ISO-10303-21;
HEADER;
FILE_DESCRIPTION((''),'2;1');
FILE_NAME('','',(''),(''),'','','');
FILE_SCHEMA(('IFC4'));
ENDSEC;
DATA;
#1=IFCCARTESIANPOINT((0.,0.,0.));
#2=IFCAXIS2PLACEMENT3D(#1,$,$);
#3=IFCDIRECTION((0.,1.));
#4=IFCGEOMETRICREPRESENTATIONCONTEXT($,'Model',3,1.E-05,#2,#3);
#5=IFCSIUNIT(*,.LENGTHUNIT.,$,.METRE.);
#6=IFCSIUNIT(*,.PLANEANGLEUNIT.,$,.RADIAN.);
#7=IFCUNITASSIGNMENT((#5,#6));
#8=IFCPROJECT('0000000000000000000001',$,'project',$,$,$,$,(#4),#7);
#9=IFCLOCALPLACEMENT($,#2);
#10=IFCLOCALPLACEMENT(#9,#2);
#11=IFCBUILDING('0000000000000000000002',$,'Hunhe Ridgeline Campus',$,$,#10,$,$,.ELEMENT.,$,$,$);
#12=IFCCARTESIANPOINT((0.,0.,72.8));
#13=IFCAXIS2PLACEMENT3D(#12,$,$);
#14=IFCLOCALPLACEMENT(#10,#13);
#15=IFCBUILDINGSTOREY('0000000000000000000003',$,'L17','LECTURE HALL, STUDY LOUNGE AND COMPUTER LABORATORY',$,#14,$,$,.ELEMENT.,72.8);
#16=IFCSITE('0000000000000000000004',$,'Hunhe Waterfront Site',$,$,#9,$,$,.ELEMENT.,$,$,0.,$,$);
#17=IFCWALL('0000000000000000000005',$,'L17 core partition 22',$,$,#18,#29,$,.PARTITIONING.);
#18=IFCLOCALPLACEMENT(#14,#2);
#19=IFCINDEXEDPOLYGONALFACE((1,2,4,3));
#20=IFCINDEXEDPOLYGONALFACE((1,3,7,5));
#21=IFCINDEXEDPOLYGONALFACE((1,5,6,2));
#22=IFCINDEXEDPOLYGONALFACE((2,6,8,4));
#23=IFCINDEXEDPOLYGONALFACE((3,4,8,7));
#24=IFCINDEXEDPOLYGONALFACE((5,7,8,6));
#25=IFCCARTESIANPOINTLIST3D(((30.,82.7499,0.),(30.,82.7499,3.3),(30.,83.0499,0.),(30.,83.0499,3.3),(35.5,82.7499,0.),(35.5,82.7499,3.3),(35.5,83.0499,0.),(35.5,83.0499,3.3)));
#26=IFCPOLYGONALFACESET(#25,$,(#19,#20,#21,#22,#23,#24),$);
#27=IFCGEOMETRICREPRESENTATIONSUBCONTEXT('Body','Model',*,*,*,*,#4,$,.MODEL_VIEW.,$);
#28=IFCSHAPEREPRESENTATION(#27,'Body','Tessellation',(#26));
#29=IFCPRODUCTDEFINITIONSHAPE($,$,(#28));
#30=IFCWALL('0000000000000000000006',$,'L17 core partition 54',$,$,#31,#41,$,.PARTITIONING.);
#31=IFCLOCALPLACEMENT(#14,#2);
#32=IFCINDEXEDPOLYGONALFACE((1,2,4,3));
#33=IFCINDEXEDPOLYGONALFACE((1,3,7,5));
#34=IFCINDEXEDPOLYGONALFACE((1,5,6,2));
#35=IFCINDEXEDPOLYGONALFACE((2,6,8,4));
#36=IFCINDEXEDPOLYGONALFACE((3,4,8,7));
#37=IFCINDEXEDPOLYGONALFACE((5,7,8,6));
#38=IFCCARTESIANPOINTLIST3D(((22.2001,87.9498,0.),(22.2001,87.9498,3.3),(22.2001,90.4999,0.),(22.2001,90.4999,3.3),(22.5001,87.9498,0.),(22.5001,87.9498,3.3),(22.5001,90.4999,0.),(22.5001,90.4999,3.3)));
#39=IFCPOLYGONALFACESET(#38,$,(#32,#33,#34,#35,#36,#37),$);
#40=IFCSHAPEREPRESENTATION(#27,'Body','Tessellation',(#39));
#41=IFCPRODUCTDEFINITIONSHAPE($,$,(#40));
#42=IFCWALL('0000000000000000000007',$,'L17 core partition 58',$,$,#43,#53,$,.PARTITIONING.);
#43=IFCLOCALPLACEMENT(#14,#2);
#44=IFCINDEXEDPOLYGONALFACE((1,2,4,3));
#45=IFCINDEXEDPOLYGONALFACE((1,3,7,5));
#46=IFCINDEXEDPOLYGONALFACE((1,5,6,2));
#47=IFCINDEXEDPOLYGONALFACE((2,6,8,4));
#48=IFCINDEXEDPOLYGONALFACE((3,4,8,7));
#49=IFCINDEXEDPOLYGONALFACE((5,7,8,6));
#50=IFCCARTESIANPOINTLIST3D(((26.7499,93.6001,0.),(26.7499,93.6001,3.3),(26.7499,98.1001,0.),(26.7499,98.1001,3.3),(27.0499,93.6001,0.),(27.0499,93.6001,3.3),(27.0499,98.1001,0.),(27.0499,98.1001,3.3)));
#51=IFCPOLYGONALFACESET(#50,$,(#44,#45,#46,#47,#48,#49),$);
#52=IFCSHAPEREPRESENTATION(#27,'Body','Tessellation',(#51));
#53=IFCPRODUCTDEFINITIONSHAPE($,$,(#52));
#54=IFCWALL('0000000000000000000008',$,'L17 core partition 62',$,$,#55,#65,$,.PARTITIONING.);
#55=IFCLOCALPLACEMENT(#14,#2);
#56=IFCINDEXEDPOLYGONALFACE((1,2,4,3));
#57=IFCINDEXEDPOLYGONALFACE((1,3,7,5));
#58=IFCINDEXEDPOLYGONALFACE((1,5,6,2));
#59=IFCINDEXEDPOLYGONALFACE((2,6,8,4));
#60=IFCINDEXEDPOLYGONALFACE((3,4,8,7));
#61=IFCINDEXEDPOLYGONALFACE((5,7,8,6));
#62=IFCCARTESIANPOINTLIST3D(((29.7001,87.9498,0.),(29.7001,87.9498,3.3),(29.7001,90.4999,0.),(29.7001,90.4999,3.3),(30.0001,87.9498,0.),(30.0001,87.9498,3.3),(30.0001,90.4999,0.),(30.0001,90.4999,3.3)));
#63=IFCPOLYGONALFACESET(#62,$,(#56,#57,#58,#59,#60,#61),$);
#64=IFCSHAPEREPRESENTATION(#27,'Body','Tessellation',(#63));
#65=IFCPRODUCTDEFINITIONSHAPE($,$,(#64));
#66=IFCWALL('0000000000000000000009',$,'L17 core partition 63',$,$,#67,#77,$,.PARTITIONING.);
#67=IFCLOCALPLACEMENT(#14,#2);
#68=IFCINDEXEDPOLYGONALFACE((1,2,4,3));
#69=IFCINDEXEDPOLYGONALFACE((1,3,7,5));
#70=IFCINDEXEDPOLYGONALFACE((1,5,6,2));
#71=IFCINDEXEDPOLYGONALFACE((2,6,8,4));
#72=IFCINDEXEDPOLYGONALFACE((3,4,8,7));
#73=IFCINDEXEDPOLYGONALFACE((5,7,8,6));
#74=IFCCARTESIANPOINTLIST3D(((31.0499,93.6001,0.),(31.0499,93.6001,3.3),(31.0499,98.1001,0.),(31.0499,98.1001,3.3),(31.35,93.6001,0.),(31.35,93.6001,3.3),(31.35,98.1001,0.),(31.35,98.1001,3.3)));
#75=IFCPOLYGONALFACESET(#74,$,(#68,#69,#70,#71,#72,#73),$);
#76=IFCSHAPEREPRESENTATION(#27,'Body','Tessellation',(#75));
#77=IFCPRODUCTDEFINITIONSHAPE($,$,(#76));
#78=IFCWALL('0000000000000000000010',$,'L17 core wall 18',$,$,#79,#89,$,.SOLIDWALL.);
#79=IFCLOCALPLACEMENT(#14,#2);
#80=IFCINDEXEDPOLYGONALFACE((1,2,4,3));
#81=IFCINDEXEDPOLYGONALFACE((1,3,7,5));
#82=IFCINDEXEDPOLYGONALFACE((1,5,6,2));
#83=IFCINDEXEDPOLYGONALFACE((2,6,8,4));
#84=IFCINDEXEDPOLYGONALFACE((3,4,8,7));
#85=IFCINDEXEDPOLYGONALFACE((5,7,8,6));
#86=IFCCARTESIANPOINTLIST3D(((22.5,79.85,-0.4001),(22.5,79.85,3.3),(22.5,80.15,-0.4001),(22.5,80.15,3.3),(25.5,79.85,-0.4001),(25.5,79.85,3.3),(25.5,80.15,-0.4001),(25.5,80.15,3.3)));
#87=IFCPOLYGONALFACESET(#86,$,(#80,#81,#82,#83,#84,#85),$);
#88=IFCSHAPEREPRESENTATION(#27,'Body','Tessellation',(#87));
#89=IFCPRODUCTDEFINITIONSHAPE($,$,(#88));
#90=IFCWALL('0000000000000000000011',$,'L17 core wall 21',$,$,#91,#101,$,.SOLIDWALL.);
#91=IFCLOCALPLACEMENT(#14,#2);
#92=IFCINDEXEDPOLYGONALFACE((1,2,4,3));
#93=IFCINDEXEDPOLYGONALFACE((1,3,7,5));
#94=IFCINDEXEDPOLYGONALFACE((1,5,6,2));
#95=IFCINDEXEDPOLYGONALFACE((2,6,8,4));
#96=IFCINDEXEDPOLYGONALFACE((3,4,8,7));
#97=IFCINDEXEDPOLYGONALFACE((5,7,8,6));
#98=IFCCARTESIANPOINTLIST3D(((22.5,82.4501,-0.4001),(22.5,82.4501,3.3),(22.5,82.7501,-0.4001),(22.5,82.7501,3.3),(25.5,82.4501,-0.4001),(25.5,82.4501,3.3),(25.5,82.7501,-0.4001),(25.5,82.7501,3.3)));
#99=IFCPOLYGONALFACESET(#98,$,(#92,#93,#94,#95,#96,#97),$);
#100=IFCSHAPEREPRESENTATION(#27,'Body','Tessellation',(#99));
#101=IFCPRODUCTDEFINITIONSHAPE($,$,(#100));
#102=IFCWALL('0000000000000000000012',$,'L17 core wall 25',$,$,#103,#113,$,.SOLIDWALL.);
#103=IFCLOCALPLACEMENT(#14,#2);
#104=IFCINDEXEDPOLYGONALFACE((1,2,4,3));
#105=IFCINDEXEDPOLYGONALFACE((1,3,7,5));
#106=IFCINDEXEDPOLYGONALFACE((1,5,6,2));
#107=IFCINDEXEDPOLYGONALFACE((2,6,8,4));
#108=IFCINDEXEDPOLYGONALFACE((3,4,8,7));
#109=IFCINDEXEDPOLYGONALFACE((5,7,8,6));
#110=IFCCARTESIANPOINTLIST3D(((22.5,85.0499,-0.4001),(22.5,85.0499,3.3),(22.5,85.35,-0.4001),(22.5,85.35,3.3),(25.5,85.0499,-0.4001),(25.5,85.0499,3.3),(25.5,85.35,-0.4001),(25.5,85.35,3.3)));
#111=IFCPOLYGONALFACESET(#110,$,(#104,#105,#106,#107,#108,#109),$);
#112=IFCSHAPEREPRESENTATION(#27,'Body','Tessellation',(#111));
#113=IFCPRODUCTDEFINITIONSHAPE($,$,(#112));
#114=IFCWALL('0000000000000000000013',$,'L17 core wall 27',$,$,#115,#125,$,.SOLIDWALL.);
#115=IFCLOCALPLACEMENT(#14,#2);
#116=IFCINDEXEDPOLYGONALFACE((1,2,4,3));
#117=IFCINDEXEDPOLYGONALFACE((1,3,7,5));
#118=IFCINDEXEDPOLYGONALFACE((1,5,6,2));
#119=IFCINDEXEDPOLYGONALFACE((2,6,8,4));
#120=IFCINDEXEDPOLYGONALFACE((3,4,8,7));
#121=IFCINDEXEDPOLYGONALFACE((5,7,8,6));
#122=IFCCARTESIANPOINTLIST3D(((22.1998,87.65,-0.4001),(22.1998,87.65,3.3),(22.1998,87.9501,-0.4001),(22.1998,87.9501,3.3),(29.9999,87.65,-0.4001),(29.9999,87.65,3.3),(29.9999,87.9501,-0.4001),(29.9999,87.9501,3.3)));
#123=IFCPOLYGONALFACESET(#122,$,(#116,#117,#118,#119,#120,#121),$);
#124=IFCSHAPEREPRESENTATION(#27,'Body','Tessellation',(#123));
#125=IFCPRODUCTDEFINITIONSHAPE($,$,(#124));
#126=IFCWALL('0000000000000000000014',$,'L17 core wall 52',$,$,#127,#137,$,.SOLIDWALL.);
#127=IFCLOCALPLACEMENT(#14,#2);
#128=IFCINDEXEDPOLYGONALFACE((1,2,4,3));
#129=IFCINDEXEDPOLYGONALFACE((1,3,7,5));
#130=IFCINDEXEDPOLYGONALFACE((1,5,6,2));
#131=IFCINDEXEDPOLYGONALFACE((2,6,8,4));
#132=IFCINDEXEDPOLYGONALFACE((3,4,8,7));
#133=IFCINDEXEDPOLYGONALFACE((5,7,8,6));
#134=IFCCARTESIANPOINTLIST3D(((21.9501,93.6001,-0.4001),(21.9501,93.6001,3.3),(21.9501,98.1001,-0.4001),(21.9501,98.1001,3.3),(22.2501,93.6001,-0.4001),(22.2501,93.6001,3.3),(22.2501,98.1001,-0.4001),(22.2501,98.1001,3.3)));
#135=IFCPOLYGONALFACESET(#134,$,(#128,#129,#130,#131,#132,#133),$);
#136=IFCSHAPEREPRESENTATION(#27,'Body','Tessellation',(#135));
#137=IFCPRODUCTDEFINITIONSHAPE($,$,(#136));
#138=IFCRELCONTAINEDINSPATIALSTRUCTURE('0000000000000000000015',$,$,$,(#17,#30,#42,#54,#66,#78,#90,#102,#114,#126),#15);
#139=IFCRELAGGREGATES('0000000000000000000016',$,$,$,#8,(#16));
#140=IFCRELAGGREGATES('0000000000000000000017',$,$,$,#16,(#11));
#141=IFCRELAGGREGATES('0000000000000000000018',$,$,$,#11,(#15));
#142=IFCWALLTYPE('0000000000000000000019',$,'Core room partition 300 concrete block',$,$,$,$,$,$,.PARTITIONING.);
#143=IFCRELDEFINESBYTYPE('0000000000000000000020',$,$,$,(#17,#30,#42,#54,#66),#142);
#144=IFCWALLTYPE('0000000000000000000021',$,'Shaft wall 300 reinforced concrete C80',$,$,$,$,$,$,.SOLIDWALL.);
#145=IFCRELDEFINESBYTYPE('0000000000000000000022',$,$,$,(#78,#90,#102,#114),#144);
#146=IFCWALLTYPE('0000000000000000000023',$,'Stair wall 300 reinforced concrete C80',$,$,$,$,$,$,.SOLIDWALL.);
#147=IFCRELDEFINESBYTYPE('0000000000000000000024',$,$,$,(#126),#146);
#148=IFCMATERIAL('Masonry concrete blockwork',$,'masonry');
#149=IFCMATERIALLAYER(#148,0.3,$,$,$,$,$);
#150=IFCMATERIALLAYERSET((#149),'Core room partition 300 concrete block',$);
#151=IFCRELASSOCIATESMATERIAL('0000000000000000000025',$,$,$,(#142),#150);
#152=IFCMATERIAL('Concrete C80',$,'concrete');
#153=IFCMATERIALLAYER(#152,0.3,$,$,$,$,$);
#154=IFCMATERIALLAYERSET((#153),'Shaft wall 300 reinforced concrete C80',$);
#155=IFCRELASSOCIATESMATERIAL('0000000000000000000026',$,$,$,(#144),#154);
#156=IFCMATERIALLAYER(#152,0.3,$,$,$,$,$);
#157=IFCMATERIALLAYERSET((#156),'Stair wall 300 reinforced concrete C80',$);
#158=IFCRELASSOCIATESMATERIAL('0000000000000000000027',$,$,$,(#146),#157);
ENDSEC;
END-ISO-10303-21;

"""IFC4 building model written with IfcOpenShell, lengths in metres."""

from ifc_helpers import new_model, si_unit, direction, frame, frame_2d, origin, place, context, subcontext, project, spatial, rectangle, extrude, material, layer, layer_set, type_object, element, save


model = new_model("IFC4")

# Units and contexts
model_context = context("Model", 3, precision=1e-05, world=origin(), true_north=direction((0.0, 1.0)))
body_context = subcontext(model_context, "Body", "Model", "MODEL_VIEW")
ifc_project = project(units=[si_unit("LENGTHUNIT", "METRE"), si_unit("PLANEANGLEUNIT", "RADIAN")], contexts=[model_context])

# Site, building, storey
site_placement = place(None, origin())
site = spatial("IfcSite", under=ifc_project, at=site_placement, Name="Hunhe Waterfront Site", CompositionType="ELEMENT", RefElevation=0.0)
building_placement = place(site_placement, origin())
building = spatial("IfcBuilding", under=site, at=building_placement, Name="Hunhe Ridgeline Campus", CompositionType="ELEMENT")
storey_placement = place(building_placement, frame((0.0, 0.0, 72.8)))
storey = spatial("IfcBuildingStorey", under=building, at=storey_placement, Name="L17", Description="LECTURE HALL, STUDY LOUNGE AND COMPUTER LABORATORY", CompositionType="ELEMENT", Elevation=72.8)

# Walls
ifc_material_1 = material(Name="Masonry concrete blockwork", Category="masonry")
ifc_layer_1 = layer(ifc_material_1, 0.3)
ifc_layer_set_1 = layer_set([ifc_layer_1], Name="Core room partition 300 concrete block")
wall_type_1 = type_object("IfcWallType", Name="Core room partition 300 concrete block", PredefinedType="PARTITIONING", material=ifc_layer_set_1)
wall_1_placement = place(storey_placement, frame((30.0, 82.8999, 0.0), z_axis=(0.0, 0.0, 1.0), x_axis=(1.0, 0.0, 0.0)))
element("IfcWall", 1, at=wall_1_placement, inside=storey, type_object=wall_type_1, Name="L17 core partition 22", PredefinedType="PARTITIONING", context=body_context, shape_type="SweptSolid", body=[
    extrude(rectangle(XDim=5.5, YDim=0.3, at=frame_2d((2.75, 0.0))), origin(), (0.0, 0.0, 1.0), 3.3),
])
wall_2_placement = place(storey_placement, frame((22.3501, 87.95, 0.0), z_axis=(0.0, 0.0, 1.0), x_axis=(0.0, 1.0, 0.0)))
element("IfcWall", 2, at=wall_2_placement, inside=storey, type_object=wall_type_1, Name="L17 core partition 54", PredefinedType="PARTITIONING", context=body_context, shape_type="SweptSolid", body=[
    extrude(rectangle(XDim=2.55, YDim=0.3, at=frame_2d((1.2749, 0.0))), origin(), (0.0, 0.0, 1.0), 3.3),
])
wall_3_placement = place(storey_placement, frame((26.8999, 93.6001, 0.0), z_axis=(0.0, 0.0, 1.0), x_axis=(0.0, 1.0, 0.0)))
element("IfcWall", 3, at=wall_3_placement, inside=storey, type_object=wall_type_1, Name="L17 core partition 58", PredefinedType="PARTITIONING", context=body_context, shape_type="SweptSolid", body=[
    extrude(rectangle(XDim=4.5, YDim=0.3, at=frame_2d((2.25, 0.0))), origin(), (0.0, 0.0, 1.0), 3.3),
])
wall_4_placement = place(storey_placement, frame((29.8501, 87.95, 0.0), z_axis=(0.0, 0.0, 1.0), x_axis=(0.0, 1.0, 0.0)))
element("IfcWall", 4, at=wall_4_placement, inside=storey, type_object=wall_type_1, Name="L17 core partition 62", PredefinedType="PARTITIONING", context=body_context, shape_type="SweptSolid", body=[
    extrude(rectangle(XDim=2.55, YDim=0.3, at=frame_2d((1.2749, 0.0))), origin(), (0.0, 0.0, 1.0), 3.3),
])
wall_5_placement = place(storey_placement, frame((31.2, 93.6001, 0.0), z_axis=(0.0, 0.0, 1.0), x_axis=(0.0, 1.0, 0.0)))
element("IfcWall", 5, at=wall_5_placement, inside=storey, type_object=wall_type_1, Name="L17 core partition 63", PredefinedType="PARTITIONING", context=body_context, shape_type="SweptSolid", body=[
    extrude(rectangle(XDim=4.5, YDim=0.3, at=frame_2d((2.25, 0.0))), origin(), (0.0, 0.0, 1.0), 3.3),
])
ifc_material_2 = material(Name="Concrete C80", Category="concrete")
ifc_layer_2 = layer(ifc_material_2, 0.3)
ifc_layer_set_2 = layer_set([ifc_layer_2], Name="Shaft wall 300 reinforced concrete C80")
wall_type_2 = type_object("IfcWallType", Name="Shaft wall 300 reinforced concrete C80", PredefinedType="SOLIDWALL", material=ifc_layer_set_2)
for number, where, z_axis, x_axis, name in (
    (6, (22.5, 80.0, -0.4001), (0.0, 0.0, 1.0), (1.0, 0.0, 0.0), "L17 core wall 18"),
    (7, (22.5, 82.6001, -0.4001), (0.0, 0.0, 1.0), (1.0, 0.0, 0.0), "L17 core wall 21"),
    (8, (22.5, 85.2, -0.4001), (0.0, 0.0, 1.0), (1.0, 0.0, 0.0), "L17 core wall 25"),
):
    element("IfcWall", number, at=place(storey_placement, frame(where, z_axis=z_axis, x_axis=x_axis)), inside=storey, type_object=wall_type_2, Name=name, PredefinedType="SOLIDWALL", context=body_context, shape_type="SweptSolid", body=[
        extrude(rectangle(XDim=3.0, YDim=0.3, at=frame_2d((1.5, 0.0))), origin(), (0.0, 0.0, 1.0), 3.7002),
    ])
wall_6_placement = place(storey_placement, frame((22.2, 87.8, -0.4001), z_axis=(0.0, 0.0, 1.0), x_axis=(1.0, 0.0, 0.0)))
element("IfcWall", 9, at=wall_6_placement, inside=storey, type_object=wall_type_2, Name="L17 core wall 27", PredefinedType="SOLIDWALL", context=body_context, shape_type="SweptSolid", body=[
    extrude(rectangle(XDim=7.8, YDim=0.3, at=frame_2d((3.8999, 0.0))), origin(), (0.0, 0.0, 1.0), 3.7002),
])

# Shared definitions
ifc_layer_3 = layer(ifc_material_2, 0.3)
ifc_layer_set_3 = layer_set([ifc_layer_3], Name="Stair wall 300 reinforced concrete C80")
wall_type_3 = type_object("IfcWallType", Name="Stair wall 300 reinforced concrete C80", PredefinedType="SOLIDWALL", material=ifc_layer_set_3)

# Wall
wall_7_placement = place(storey_placement, frame((22.1001, 93.6001, -0.4001), z_axis=(0.0, 0.0, 1.0), x_axis=(0.0, 1.0, 0.0)))
element("IfcWall", 10, at=wall_7_placement, inside=storey, type_object=wall_type_3, Name="L17 core wall 52", PredefinedType="SOLIDWALL", context=body_context, shape_type="SweptSolid", body=[
    extrude(rectangle(XDim=4.5, YDim=0.3, at=frame_2d((2.25, 0.0))), origin(), (0.0, 0.0, 1.0), 3.7002),
])

save(model, "model.ifc")
